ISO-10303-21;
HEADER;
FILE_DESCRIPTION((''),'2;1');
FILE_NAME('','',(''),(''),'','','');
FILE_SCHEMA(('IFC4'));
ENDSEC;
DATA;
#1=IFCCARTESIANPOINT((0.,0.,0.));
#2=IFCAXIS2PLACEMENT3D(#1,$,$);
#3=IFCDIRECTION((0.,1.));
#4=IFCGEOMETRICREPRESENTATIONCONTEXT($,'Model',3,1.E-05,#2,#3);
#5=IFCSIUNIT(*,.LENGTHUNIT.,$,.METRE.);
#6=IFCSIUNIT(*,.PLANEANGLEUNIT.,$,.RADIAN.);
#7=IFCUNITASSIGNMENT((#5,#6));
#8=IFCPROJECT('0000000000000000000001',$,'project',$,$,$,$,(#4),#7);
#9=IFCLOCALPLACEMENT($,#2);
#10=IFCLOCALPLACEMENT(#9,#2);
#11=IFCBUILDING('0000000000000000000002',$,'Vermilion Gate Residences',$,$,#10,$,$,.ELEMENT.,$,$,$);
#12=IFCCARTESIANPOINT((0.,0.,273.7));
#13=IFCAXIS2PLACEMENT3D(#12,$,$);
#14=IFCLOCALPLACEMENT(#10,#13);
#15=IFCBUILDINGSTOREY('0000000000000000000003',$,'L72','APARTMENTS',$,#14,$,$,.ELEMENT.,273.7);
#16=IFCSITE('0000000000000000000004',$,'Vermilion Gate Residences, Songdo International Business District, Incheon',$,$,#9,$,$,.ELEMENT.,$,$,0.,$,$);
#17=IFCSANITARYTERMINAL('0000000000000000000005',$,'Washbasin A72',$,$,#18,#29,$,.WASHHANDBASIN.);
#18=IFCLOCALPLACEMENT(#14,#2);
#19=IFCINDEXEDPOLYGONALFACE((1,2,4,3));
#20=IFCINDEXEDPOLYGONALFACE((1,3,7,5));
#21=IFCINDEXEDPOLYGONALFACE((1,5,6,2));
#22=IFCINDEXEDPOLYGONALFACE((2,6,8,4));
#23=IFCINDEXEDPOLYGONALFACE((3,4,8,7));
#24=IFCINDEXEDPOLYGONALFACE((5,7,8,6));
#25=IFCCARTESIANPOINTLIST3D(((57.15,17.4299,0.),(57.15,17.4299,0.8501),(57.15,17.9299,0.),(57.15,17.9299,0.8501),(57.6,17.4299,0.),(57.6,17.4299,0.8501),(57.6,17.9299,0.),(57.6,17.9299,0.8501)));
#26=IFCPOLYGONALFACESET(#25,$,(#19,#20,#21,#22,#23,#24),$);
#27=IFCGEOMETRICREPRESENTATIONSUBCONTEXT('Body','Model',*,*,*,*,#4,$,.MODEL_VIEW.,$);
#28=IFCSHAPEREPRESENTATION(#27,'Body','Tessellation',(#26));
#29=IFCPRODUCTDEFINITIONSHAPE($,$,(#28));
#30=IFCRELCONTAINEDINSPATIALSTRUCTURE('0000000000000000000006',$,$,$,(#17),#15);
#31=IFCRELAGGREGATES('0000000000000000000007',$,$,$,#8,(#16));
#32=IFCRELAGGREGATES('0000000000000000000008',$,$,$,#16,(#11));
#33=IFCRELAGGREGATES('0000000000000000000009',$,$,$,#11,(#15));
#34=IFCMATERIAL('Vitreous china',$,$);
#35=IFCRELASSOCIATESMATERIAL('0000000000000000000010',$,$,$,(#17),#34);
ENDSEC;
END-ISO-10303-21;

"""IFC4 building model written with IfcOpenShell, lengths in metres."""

from ifc_helpers import new_model, si_unit, direction, frame, origin, origin_2d, place, context, subcontext, project, spatial, rectangle, extrude, material, element, save


model = new_model("IFC4")

# Units and contexts
model_context = context("Model", 3, precision=1e-05, world=origin(), true_north=direction((0.0, 1.0)))
body_context = subcontext(model_context, "Body", "Model", "MODEL_VIEW")
ifc_project = project(units=[si_unit("LENGTHUNIT", "METRE"), si_unit("PLANEANGLEUNIT", "RADIAN")], contexts=[model_context])

# Site, building, storey
site_placement = place(None, origin())
site = spatial("IfcSite", under=ifc_project, at=site_placement, Name="Vermilion Gate Residences, Songdo International Business District, Incheon", CompositionType="ELEMENT", RefElevation=0.0)
building_placement = place(site_placement, origin())
building = spatial("IfcBuilding", under=site, at=building_placement, Name="Vermilion Gate Residences", CompositionType="ELEMENT")
storey_placement = place(building_placement, frame((0.0, 0.0, 273.7)))
storey = spatial("IfcBuildingStorey", under=building, at=storey_placement, Name="L72", Description="APARTMENTS", CompositionType="ELEMENT", Elevation=273.7)

# Sanitary terminal
ifc_material_1 = material(Name="Vitreous china")
sanitary_terminal_1_placement = place(storey_placement, frame((57.375, 17.6799, 0.0), z_axis=(0.0, 0.0, 1.0), x_axis=(1.0, 0.0, 0.0)))
element("IfcSanitaryTerminal", 1, at=sanitary_terminal_1_placement, inside=storey, material=ifc_material_1, Name="Washbasin A72", PredefinedType="WASHHANDBASIN", context=body_context, shape_type="SweptSolid", body=[
    extrude(rectangle(XDim=0.45, YDim=0.5, at=origin_2d()), origin(), (0.0, 0.0, 1.0), 0.8501),
])

save(model, "model.ifc")
